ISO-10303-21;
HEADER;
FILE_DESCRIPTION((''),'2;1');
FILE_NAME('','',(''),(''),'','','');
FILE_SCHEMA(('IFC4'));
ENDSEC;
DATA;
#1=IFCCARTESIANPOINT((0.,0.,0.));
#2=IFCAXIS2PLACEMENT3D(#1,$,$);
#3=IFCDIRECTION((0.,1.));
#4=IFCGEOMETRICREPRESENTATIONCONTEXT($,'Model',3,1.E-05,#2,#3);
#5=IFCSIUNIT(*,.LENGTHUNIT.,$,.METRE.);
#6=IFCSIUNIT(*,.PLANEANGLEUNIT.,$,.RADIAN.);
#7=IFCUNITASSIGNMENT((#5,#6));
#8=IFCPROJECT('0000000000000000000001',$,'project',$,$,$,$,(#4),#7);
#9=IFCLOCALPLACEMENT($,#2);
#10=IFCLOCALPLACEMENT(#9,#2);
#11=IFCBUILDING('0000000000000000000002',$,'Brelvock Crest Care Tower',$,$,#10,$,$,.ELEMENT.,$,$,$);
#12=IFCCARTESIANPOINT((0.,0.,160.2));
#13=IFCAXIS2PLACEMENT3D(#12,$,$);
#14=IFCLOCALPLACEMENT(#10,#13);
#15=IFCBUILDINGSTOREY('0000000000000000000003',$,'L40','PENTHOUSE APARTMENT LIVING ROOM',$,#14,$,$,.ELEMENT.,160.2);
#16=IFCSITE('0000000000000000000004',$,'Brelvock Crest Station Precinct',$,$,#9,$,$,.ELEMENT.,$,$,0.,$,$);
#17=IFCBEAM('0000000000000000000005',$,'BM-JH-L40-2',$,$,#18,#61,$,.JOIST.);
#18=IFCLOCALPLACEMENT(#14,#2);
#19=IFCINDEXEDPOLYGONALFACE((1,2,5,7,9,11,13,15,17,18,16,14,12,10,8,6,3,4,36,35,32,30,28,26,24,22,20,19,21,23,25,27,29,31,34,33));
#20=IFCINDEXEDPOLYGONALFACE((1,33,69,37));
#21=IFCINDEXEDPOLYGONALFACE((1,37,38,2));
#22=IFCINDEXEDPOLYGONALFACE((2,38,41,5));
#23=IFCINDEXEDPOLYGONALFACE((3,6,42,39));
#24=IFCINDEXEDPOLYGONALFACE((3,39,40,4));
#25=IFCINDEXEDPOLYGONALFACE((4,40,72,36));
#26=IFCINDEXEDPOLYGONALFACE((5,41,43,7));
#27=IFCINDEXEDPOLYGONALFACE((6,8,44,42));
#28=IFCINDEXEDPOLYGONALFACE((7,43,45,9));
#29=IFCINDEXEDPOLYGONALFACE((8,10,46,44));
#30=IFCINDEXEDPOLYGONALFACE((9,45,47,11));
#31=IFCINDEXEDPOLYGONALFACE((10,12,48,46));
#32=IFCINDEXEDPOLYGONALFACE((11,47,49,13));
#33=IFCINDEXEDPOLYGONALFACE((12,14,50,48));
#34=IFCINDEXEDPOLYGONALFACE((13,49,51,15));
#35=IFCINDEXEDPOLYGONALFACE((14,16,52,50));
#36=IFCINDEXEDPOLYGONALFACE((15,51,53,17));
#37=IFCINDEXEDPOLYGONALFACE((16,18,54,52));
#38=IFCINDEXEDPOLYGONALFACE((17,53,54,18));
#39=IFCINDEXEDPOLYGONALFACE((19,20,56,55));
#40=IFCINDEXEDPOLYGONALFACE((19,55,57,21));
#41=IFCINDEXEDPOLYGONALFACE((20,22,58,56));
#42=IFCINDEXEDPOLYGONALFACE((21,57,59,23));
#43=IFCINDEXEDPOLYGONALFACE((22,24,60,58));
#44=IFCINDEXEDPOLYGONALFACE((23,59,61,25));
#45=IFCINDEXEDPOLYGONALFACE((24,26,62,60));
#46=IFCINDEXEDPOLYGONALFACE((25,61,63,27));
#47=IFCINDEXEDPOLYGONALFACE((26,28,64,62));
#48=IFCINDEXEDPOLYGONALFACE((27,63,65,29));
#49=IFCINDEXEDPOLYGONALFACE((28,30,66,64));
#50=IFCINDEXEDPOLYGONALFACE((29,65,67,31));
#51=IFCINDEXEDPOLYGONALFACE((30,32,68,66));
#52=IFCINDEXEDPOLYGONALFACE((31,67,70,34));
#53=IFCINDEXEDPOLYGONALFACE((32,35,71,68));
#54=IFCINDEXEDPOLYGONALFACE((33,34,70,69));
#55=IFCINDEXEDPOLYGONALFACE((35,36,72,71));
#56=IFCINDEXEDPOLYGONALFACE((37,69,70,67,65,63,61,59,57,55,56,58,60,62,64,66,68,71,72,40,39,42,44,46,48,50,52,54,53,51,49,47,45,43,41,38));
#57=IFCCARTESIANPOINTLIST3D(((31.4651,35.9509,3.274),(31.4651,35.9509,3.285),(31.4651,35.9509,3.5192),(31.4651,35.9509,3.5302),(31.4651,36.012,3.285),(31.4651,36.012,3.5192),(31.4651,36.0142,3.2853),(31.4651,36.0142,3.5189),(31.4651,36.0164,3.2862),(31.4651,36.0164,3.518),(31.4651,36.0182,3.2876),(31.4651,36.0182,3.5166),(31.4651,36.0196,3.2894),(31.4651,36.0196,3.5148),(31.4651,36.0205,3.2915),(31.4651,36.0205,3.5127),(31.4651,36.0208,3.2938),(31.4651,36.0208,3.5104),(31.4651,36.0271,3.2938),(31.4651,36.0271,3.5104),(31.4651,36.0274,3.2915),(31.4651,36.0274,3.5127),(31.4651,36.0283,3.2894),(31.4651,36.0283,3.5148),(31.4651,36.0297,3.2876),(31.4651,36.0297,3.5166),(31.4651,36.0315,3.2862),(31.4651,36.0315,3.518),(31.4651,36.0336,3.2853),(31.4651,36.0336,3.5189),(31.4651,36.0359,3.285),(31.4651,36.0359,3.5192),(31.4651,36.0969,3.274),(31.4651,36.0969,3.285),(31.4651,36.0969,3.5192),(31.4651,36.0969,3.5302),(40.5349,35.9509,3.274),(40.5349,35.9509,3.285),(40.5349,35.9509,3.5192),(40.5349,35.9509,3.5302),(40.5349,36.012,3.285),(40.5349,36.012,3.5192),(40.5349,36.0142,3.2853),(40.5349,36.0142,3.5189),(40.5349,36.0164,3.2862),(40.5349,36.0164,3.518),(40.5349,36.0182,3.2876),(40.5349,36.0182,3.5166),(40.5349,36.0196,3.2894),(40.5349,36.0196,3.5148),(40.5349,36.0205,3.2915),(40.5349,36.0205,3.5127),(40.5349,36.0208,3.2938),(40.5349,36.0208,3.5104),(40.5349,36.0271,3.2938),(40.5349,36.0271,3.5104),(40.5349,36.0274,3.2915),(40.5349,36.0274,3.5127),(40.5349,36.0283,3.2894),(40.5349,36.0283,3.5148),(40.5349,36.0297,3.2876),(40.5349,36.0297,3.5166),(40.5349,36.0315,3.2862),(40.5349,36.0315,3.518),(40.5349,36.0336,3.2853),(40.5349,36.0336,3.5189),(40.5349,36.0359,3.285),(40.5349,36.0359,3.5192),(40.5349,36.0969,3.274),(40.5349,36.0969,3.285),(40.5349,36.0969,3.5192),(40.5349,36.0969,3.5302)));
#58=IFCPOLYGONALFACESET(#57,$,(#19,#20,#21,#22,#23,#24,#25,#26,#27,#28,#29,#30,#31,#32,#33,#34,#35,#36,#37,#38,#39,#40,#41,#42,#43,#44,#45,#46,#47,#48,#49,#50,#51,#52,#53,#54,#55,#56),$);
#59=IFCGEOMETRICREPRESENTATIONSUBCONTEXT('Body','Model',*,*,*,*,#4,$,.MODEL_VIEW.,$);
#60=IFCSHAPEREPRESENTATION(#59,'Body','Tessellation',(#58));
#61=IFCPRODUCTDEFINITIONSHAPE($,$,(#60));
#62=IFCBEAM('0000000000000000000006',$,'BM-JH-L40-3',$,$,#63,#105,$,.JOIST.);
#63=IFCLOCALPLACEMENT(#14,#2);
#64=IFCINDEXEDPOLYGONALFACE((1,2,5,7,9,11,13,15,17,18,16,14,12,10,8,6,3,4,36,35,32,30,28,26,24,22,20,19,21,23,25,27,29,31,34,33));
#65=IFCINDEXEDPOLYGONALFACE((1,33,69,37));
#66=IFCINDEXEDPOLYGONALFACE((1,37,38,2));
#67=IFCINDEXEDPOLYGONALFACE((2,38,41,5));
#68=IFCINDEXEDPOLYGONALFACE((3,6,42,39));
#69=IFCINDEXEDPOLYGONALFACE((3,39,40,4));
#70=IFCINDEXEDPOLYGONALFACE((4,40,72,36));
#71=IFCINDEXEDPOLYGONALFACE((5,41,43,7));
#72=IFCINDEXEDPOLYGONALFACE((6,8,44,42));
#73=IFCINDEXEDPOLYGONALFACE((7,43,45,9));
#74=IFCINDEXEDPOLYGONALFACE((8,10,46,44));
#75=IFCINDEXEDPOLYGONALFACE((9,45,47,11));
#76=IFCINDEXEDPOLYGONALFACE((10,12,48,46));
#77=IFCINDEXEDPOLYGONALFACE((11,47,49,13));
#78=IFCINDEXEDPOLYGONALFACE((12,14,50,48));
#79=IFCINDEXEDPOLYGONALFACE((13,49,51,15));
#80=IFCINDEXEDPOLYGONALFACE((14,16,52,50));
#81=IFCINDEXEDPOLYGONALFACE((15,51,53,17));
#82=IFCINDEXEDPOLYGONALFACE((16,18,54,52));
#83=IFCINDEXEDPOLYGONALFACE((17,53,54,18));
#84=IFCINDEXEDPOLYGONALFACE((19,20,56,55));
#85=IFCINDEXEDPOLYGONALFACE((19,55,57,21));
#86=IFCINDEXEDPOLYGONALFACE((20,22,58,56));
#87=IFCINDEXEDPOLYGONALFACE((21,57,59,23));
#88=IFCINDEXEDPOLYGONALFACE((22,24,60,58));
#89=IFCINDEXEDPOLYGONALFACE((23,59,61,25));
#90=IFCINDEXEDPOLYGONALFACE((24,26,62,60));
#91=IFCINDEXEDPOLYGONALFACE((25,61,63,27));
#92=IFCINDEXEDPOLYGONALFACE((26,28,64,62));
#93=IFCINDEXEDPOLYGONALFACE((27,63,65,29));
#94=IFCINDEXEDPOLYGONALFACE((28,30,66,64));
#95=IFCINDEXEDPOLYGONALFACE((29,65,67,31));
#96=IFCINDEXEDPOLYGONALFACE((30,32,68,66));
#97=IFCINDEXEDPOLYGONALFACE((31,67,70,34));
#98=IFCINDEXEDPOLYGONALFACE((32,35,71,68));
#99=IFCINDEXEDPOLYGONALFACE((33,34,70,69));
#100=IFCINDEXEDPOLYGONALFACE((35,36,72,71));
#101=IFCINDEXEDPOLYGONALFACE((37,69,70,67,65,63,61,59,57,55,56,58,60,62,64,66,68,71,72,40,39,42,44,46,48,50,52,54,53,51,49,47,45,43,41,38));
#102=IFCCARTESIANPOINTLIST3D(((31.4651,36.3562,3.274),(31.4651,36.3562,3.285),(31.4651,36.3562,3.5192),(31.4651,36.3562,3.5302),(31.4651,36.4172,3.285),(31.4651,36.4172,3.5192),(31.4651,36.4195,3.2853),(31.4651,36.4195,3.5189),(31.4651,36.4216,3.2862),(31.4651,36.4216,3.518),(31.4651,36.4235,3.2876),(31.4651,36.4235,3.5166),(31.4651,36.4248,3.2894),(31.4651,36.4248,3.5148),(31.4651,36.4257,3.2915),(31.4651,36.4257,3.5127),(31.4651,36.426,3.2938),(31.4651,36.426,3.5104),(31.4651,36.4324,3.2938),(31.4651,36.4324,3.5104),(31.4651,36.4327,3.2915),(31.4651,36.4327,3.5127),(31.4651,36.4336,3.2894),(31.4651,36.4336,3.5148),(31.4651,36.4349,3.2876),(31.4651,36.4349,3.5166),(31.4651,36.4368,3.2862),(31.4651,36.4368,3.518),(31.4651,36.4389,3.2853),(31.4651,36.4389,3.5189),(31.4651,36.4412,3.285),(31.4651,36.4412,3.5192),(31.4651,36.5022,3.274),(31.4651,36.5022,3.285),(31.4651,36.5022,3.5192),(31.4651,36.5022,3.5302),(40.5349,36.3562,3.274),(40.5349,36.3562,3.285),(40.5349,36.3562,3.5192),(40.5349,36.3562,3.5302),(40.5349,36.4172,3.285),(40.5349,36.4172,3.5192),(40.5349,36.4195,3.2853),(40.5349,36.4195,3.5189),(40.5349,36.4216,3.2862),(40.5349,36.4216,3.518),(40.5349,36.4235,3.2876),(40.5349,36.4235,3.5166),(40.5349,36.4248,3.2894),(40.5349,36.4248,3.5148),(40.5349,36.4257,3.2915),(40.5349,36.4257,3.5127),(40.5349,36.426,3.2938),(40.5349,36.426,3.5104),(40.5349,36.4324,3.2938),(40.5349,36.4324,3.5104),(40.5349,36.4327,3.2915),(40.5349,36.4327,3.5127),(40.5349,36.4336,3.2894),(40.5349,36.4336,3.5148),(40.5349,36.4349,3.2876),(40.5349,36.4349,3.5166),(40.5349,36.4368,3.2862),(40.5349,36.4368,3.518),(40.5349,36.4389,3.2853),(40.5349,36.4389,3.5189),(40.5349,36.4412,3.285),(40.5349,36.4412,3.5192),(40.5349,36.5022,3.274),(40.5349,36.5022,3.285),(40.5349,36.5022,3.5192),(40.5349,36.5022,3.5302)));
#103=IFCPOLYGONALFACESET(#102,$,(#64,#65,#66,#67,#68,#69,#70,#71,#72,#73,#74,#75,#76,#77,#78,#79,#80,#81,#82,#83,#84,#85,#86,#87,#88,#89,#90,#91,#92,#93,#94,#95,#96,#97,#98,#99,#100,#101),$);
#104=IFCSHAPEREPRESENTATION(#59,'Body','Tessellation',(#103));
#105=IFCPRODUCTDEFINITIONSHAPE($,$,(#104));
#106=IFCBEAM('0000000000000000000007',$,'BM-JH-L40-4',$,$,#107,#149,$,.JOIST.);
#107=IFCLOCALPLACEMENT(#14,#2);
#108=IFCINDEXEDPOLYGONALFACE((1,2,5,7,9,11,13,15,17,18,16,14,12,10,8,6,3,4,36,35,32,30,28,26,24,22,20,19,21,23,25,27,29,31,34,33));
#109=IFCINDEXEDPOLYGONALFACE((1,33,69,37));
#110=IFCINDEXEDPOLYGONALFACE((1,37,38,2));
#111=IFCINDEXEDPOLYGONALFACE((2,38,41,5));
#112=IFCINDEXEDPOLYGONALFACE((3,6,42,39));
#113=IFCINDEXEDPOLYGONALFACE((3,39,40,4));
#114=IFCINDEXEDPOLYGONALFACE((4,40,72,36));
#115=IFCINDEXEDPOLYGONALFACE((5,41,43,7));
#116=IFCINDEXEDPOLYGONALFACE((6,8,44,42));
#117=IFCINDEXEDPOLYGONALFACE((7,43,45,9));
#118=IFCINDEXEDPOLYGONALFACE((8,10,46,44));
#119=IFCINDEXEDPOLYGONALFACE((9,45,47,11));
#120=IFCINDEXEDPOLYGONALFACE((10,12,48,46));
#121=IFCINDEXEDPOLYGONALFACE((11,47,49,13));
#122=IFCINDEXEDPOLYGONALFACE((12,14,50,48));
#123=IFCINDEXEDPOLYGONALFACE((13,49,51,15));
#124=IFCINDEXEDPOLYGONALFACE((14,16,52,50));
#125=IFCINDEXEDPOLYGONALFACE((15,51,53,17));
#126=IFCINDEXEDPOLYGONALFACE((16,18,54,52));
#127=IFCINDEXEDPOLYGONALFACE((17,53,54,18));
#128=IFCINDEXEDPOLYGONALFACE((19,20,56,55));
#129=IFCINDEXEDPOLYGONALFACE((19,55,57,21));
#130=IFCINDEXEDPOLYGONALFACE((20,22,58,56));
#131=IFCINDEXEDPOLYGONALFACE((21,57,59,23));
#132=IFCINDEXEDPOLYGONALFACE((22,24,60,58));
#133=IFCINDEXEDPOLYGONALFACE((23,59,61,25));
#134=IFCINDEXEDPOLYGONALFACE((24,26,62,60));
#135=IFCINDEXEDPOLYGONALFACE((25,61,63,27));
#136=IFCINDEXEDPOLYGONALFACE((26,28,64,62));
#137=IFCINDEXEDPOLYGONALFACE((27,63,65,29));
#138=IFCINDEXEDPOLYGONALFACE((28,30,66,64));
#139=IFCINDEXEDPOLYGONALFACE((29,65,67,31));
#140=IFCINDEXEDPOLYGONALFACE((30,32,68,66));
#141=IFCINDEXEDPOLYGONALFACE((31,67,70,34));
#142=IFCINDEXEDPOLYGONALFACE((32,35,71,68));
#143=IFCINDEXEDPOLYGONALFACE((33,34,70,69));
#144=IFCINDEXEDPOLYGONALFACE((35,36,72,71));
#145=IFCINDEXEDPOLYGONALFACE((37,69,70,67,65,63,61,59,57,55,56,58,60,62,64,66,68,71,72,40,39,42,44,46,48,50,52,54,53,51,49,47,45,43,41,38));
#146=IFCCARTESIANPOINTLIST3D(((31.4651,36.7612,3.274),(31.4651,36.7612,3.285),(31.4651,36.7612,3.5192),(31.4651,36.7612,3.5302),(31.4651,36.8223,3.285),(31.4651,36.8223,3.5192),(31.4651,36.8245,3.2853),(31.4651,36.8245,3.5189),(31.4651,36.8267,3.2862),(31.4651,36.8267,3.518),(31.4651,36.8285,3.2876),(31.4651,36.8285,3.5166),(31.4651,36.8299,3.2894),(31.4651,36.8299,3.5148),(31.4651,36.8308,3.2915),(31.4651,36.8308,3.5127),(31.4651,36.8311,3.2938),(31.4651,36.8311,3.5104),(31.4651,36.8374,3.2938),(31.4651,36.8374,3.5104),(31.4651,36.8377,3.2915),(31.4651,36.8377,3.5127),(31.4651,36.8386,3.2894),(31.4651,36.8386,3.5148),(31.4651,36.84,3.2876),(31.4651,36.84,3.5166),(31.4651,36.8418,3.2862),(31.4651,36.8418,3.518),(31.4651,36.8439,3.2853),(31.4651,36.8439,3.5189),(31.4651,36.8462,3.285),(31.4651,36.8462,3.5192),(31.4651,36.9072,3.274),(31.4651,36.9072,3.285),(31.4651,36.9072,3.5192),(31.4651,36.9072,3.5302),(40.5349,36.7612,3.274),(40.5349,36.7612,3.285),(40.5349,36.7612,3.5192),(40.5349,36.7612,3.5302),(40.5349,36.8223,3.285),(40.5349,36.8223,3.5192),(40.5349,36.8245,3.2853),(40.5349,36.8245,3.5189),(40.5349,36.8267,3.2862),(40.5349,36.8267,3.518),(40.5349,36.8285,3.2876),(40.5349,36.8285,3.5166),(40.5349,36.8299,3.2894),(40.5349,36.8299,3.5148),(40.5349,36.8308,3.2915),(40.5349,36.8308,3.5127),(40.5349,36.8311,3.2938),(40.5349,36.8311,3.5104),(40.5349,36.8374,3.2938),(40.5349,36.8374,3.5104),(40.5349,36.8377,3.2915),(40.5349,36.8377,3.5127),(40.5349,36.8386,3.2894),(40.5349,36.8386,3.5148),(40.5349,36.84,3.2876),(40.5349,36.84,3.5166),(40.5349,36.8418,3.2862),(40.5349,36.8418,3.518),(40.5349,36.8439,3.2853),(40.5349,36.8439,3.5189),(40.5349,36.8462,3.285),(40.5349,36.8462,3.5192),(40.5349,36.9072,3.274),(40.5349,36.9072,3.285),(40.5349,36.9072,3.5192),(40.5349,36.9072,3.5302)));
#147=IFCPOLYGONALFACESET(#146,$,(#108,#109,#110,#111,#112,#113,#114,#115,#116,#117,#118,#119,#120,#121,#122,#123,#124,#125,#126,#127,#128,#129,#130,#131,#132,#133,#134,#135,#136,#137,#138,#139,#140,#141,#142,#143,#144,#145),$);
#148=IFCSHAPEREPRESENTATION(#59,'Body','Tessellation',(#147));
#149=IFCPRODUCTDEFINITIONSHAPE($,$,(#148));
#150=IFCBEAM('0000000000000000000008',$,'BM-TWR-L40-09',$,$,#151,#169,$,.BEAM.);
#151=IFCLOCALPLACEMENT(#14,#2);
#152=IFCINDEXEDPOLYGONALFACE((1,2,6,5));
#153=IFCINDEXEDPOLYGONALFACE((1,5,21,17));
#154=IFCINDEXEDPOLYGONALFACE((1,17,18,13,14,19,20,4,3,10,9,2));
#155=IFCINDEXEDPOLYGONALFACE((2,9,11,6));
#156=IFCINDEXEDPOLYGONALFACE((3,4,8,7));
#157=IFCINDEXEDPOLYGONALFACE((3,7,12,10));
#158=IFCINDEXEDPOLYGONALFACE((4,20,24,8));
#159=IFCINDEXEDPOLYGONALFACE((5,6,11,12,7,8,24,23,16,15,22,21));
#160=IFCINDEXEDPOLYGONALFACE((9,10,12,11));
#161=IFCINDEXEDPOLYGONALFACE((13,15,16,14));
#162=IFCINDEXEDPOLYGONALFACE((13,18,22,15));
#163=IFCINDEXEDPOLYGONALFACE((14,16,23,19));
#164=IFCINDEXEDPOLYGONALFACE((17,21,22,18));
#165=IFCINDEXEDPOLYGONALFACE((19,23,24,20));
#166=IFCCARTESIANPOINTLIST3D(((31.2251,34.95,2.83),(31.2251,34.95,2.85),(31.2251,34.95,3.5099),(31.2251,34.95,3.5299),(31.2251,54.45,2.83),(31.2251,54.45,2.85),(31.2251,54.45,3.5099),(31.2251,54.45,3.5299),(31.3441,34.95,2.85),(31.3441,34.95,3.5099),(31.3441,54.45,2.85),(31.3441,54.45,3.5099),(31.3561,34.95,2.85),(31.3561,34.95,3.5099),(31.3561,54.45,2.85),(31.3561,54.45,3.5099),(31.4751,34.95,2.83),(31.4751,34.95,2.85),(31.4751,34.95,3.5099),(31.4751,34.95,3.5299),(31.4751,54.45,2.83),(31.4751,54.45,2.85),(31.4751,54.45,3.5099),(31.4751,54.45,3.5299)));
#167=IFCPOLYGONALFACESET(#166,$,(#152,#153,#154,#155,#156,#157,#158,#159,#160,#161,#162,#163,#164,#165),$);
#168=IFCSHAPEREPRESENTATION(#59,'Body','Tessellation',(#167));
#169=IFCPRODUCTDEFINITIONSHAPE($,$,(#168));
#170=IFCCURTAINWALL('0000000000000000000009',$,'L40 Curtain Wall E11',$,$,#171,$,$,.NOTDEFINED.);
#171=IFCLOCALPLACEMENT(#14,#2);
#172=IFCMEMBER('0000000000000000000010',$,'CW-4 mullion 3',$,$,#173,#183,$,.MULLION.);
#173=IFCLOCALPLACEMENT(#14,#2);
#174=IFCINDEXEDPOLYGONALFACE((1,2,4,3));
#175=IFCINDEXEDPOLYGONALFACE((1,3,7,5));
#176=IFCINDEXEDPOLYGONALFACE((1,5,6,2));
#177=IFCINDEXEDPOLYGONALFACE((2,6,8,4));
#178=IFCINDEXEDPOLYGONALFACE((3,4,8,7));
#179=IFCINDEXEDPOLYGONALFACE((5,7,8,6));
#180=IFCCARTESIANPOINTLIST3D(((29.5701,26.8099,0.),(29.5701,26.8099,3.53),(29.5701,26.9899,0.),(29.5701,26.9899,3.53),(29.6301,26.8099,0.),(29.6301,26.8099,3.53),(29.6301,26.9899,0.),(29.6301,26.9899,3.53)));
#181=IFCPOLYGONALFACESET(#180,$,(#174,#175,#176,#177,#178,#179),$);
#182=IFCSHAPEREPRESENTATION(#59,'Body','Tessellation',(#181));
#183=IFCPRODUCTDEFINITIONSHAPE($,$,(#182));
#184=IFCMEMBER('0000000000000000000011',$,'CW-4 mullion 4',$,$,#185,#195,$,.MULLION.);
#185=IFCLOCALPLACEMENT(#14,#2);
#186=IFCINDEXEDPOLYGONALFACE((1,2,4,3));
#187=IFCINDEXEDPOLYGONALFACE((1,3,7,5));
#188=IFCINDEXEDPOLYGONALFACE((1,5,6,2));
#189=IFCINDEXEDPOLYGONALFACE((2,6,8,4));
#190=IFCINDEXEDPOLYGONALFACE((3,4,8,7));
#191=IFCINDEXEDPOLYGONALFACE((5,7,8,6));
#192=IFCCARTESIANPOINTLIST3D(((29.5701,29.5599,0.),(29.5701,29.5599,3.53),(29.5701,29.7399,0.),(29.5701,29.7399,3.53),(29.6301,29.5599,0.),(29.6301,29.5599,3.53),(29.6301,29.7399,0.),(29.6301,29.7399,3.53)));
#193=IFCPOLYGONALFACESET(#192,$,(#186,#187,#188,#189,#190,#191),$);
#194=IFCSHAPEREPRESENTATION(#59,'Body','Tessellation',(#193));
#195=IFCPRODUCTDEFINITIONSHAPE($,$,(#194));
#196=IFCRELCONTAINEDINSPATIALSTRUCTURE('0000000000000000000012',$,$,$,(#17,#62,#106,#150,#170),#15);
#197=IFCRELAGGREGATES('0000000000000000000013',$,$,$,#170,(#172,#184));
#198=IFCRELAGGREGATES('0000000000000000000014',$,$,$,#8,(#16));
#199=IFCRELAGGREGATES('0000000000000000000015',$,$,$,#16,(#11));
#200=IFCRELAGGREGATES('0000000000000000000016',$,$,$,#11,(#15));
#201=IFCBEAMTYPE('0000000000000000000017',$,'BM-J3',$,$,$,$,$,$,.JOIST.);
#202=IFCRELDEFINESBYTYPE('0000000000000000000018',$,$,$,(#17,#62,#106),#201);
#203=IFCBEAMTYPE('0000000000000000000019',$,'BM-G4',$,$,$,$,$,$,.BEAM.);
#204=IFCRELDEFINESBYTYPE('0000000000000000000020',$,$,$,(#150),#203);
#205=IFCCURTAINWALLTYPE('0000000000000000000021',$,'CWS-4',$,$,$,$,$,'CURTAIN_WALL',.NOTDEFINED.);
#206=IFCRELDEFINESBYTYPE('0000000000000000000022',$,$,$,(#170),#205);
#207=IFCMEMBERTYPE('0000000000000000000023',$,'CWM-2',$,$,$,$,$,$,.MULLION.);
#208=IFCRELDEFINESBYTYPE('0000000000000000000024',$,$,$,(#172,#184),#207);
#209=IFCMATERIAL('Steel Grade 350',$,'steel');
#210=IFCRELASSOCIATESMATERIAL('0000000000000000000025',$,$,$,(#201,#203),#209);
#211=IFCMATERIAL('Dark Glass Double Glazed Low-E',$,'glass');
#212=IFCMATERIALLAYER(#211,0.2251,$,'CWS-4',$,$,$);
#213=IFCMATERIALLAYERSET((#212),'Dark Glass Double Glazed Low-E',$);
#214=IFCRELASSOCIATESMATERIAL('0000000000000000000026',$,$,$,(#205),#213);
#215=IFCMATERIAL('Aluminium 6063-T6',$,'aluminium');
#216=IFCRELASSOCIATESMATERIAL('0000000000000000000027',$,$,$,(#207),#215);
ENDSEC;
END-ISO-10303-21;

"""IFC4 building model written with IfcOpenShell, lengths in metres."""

from ifc_helpers import new_model, si_unit, direction, frame, origin, origin_2d, place, context, subcontext, project, spatial, rectangle, i_section, extrude, source, transform, mapped, material, layer, layer_set, material_profile, profile_set, type_object, element, aggregate, save


model = new_model("IFC4")

# Units and contexts
model_context = context("Model", 3, precision=1e-05, world=origin(), true_north=direction((0.0, 1.0)))
body_context = subcontext(model_context, "Body", "Model", "MODEL_VIEW")
ifc_project = project(units=[si_unit("LENGTHUNIT", "METRE"), si_unit("PLANEANGLEUNIT", "RADIAN")], contexts=[model_context])

# Site, building, storey
site_placement = place(None, origin())
site = spatial("IfcSite", under=ifc_project, at=site_placement, Name="Brelvock Crest Station Precinct", CompositionType="ELEMENT", RefElevation=0.0)
building_placement = place(site_placement, origin())
building = spatial("IfcBuilding", under=site, at=building_placement, Name="Brelvock Crest Care Tower", CompositionType="ELEMENT")
storey_placement = place(building_placement, frame((0.0, 0.0, 160.2)))
storey = spatial("IfcBuildingStorey", under=building, at=storey_placement, Name="L40", Description="PENTHOUSE APARTMENT LIVING ROOM", CompositionType="ELEMENT", Elevation=160.2)

# Shared definitions
ifc_material_1 = material(Name="Steel Grade 350", Category="steel")

# Beams
ifc_material_profile_1 = material_profile(ifc_material_1, i_section(OverallWidth=0.146, OverallDepth=0.2561, WebThickness=0.0063, FlangeThickness=0.011, FilletRadius=0.0088, at=origin_2d()), Name="250UB37.3")
ifc_profile_set_1 = profile_set([ifc_material_profile_1], Name="Steel Grade 350")
beam_type_1 = type_object("IfcBeamType", Name="BM-J3", PredefinedType="JOIST", material=ifc_profile_set_1)
shared_shape_1 = source(origin(), body_context, "Body", "SweptSolid", [
    extrude(i_section(OverallWidth=0.146, OverallDepth=0.2561, WebThickness=0.0063, FlangeThickness=0.011, FilletRadius=0.0088, at=origin_2d()), origin(), (0.0, 0.0, 1.0), 9.0698),
])
for number, where, z_axis, x_axis, name in (
    (1, (31.4651, 36.0239, 3.4021), (1.0, 0.0, 0.0), (0.0, 1.0, 0.0), "BM-JH-L40-2"),
    (2, (31.4651, 36.4292, 3.4021), (1.0, 0.0, 0.0), (0.0, 1.0, 0.0), "BM-JH-L40-3"),
    (3, (31.4651, 36.8342, 3.4021), (1.0, 0.0, 0.0), (0.0, 1.0, 0.0), "BM-JH-L40-4"),
):
    element("IfcBeam", number, at=place(storey_placement, frame(where, z_axis=z_axis, x_axis=x_axis)), inside=storey, type_object=beam_type_1, Name=name, PredefinedType="JOIST", context=body_context, shape_type="MappedRepresentation", body=[
        mapped(shared_shape_1, transform((0.0, 0.0, 0.0), x_axis=(1.0, 0.0, 0.0), y_axis=(0.0, 1.0, 0.0), z_axis=(0.0, 0.0, 1.0), scale=1.0)),
    ])
ifc_material_profile_2 = material_profile(ifc_material_1, i_section(OverallWidth=0.25, OverallDepth=0.7, WebThickness=0.012, FlangeThickness=0.02, at=origin_2d()), Name="700WB150")
ifc_profile_set_2 = profile_set([ifc_material_profile_2], Name="Steel Grade 350")
beam_type_2 = type_object("IfcBeamType", Name="BM-G4", PredefinedType="BEAM", material=ifc_profile_set_2)
shared_shape_2 = source(origin(), body_context, "Body", "SweptSolid", [
    extrude(i_section(OverallWidth=0.25, OverallDepth=0.7, WebThickness=0.012, FlangeThickness=0.02, at=origin_2d()), origin(), (0.0, 0.0, 1.0), 19.5),
])
beam_1_placement = place(storey_placement, frame((31.3501, 34.95, 3.1799), z_axis=(0.0, 1.0, 0.0), x_axis=(-1.0, 0.0, 0.0)))
element("IfcBeam", 4, at=beam_1_placement, inside=storey, type_object=beam_type_2, Name="BM-TWR-L40-09", PredefinedType="BEAM", context=body_context, shape_type="MappedRepresentation", body=[
    mapped(shared_shape_2, transform((0.0, 0.0, 0.0), x_axis=(1.0, 0.0, 0.0), y_axis=(0.0, 1.0, 0.0), z_axis=(0.0, 0.0, 1.0), scale=1.0)),
])

# Curtain wall, members
ifc_material_2 = material(Name="Dark Glass Double Glazed Low-E", Category="glass")
ifc_layer_1 = layer(ifc_material_2, 0.2251, Name="CWS-4")
ifc_layer_set_1 = layer_set([ifc_layer_1], Name="Dark Glass Double Glazed Low-E")
curtain_wall_type = type_object("IfcCurtainWallType", Name="CWS-4", ElementType="CURTAIN_WALL", PredefinedType="NOTDEFINED", material=ifc_layer_set_1)
curtain_wall_1_placement = place(storey_placement, origin())
curtain_wall_1 = element("IfcCurtainWall", 5, at=curtain_wall_1_placement, inside=storey, type_object=curtain_wall_type, Name="L40 Curtain Wall E11", PredefinedType="NOTDEFINED")
ifc_material_3 = material(Name="Aluminium 6063-T6", Category="aluminium")
ifc_material_profile_3 = material_profile(ifc_material_3, rectangle(XDim=0.0601, YDim=0.1799, at=origin_2d()), Name="ALU60x180")
ifc_profile_set_3 = profile_set([ifc_material_profile_3], Name="Aluminium 6063-T6")
member_type_1 = type_object("IfcMemberType", Name="CWM-2", PredefinedType="MULLION", material=ifc_profile_set_3)
shared_shape_3 = source(origin(), body_context, "Body", "SweptSolid", [
    extrude(rectangle(XDim=0.0601, YDim=0.1799, at=origin_2d()), origin(), (0.0, 0.0, 1.0), 3.53),
])
member_1_placement = place(storey_placement, frame((29.6001, 26.8999, 0.0), z_axis=(0.0, 0.0, 1.0), x_axis=(-1.0, 0.0, 0.0)))
member_1 = element("IfcMember", 6, at=member_1_placement, type_object=member_type_1, Name="CW-4 mullion 3", PredefinedType="MULLION", context=body_context, shape_type="MappedRepresentation", body=[
    mapped(shared_shape_3, transform((0.0, 0.0, 0.0), x_axis=(1.0, 0.0, 0.0), y_axis=(0.0, 1.0, 0.0), z_axis=(0.0, 0.0, 1.0), scale=1.0)),
])
member_2_placement = place(storey_placement, frame((29.6001, 29.6499, 0.0), z_axis=(0.0, 0.0, 1.0), x_axis=(-1.0, 0.0, 0.0)))
member_2 = element("IfcMember", 7, at=member_2_placement, type_object=member_type_1, Name="CW-4 mullion 4", PredefinedType="MULLION", context=body_context, shape_type="MappedRepresentation", body=[
    mapped(shared_shape_3, transform((0.0, 0.0, 0.0), x_axis=(1.0, 0.0, 0.0), y_axis=(0.0, 1.0, 0.0), z_axis=(0.0, 0.0, 1.0), scale=1.0)),
])

aggregate(curtain_wall_1, [member_1, member_2])

save(model, "model.ifc")
